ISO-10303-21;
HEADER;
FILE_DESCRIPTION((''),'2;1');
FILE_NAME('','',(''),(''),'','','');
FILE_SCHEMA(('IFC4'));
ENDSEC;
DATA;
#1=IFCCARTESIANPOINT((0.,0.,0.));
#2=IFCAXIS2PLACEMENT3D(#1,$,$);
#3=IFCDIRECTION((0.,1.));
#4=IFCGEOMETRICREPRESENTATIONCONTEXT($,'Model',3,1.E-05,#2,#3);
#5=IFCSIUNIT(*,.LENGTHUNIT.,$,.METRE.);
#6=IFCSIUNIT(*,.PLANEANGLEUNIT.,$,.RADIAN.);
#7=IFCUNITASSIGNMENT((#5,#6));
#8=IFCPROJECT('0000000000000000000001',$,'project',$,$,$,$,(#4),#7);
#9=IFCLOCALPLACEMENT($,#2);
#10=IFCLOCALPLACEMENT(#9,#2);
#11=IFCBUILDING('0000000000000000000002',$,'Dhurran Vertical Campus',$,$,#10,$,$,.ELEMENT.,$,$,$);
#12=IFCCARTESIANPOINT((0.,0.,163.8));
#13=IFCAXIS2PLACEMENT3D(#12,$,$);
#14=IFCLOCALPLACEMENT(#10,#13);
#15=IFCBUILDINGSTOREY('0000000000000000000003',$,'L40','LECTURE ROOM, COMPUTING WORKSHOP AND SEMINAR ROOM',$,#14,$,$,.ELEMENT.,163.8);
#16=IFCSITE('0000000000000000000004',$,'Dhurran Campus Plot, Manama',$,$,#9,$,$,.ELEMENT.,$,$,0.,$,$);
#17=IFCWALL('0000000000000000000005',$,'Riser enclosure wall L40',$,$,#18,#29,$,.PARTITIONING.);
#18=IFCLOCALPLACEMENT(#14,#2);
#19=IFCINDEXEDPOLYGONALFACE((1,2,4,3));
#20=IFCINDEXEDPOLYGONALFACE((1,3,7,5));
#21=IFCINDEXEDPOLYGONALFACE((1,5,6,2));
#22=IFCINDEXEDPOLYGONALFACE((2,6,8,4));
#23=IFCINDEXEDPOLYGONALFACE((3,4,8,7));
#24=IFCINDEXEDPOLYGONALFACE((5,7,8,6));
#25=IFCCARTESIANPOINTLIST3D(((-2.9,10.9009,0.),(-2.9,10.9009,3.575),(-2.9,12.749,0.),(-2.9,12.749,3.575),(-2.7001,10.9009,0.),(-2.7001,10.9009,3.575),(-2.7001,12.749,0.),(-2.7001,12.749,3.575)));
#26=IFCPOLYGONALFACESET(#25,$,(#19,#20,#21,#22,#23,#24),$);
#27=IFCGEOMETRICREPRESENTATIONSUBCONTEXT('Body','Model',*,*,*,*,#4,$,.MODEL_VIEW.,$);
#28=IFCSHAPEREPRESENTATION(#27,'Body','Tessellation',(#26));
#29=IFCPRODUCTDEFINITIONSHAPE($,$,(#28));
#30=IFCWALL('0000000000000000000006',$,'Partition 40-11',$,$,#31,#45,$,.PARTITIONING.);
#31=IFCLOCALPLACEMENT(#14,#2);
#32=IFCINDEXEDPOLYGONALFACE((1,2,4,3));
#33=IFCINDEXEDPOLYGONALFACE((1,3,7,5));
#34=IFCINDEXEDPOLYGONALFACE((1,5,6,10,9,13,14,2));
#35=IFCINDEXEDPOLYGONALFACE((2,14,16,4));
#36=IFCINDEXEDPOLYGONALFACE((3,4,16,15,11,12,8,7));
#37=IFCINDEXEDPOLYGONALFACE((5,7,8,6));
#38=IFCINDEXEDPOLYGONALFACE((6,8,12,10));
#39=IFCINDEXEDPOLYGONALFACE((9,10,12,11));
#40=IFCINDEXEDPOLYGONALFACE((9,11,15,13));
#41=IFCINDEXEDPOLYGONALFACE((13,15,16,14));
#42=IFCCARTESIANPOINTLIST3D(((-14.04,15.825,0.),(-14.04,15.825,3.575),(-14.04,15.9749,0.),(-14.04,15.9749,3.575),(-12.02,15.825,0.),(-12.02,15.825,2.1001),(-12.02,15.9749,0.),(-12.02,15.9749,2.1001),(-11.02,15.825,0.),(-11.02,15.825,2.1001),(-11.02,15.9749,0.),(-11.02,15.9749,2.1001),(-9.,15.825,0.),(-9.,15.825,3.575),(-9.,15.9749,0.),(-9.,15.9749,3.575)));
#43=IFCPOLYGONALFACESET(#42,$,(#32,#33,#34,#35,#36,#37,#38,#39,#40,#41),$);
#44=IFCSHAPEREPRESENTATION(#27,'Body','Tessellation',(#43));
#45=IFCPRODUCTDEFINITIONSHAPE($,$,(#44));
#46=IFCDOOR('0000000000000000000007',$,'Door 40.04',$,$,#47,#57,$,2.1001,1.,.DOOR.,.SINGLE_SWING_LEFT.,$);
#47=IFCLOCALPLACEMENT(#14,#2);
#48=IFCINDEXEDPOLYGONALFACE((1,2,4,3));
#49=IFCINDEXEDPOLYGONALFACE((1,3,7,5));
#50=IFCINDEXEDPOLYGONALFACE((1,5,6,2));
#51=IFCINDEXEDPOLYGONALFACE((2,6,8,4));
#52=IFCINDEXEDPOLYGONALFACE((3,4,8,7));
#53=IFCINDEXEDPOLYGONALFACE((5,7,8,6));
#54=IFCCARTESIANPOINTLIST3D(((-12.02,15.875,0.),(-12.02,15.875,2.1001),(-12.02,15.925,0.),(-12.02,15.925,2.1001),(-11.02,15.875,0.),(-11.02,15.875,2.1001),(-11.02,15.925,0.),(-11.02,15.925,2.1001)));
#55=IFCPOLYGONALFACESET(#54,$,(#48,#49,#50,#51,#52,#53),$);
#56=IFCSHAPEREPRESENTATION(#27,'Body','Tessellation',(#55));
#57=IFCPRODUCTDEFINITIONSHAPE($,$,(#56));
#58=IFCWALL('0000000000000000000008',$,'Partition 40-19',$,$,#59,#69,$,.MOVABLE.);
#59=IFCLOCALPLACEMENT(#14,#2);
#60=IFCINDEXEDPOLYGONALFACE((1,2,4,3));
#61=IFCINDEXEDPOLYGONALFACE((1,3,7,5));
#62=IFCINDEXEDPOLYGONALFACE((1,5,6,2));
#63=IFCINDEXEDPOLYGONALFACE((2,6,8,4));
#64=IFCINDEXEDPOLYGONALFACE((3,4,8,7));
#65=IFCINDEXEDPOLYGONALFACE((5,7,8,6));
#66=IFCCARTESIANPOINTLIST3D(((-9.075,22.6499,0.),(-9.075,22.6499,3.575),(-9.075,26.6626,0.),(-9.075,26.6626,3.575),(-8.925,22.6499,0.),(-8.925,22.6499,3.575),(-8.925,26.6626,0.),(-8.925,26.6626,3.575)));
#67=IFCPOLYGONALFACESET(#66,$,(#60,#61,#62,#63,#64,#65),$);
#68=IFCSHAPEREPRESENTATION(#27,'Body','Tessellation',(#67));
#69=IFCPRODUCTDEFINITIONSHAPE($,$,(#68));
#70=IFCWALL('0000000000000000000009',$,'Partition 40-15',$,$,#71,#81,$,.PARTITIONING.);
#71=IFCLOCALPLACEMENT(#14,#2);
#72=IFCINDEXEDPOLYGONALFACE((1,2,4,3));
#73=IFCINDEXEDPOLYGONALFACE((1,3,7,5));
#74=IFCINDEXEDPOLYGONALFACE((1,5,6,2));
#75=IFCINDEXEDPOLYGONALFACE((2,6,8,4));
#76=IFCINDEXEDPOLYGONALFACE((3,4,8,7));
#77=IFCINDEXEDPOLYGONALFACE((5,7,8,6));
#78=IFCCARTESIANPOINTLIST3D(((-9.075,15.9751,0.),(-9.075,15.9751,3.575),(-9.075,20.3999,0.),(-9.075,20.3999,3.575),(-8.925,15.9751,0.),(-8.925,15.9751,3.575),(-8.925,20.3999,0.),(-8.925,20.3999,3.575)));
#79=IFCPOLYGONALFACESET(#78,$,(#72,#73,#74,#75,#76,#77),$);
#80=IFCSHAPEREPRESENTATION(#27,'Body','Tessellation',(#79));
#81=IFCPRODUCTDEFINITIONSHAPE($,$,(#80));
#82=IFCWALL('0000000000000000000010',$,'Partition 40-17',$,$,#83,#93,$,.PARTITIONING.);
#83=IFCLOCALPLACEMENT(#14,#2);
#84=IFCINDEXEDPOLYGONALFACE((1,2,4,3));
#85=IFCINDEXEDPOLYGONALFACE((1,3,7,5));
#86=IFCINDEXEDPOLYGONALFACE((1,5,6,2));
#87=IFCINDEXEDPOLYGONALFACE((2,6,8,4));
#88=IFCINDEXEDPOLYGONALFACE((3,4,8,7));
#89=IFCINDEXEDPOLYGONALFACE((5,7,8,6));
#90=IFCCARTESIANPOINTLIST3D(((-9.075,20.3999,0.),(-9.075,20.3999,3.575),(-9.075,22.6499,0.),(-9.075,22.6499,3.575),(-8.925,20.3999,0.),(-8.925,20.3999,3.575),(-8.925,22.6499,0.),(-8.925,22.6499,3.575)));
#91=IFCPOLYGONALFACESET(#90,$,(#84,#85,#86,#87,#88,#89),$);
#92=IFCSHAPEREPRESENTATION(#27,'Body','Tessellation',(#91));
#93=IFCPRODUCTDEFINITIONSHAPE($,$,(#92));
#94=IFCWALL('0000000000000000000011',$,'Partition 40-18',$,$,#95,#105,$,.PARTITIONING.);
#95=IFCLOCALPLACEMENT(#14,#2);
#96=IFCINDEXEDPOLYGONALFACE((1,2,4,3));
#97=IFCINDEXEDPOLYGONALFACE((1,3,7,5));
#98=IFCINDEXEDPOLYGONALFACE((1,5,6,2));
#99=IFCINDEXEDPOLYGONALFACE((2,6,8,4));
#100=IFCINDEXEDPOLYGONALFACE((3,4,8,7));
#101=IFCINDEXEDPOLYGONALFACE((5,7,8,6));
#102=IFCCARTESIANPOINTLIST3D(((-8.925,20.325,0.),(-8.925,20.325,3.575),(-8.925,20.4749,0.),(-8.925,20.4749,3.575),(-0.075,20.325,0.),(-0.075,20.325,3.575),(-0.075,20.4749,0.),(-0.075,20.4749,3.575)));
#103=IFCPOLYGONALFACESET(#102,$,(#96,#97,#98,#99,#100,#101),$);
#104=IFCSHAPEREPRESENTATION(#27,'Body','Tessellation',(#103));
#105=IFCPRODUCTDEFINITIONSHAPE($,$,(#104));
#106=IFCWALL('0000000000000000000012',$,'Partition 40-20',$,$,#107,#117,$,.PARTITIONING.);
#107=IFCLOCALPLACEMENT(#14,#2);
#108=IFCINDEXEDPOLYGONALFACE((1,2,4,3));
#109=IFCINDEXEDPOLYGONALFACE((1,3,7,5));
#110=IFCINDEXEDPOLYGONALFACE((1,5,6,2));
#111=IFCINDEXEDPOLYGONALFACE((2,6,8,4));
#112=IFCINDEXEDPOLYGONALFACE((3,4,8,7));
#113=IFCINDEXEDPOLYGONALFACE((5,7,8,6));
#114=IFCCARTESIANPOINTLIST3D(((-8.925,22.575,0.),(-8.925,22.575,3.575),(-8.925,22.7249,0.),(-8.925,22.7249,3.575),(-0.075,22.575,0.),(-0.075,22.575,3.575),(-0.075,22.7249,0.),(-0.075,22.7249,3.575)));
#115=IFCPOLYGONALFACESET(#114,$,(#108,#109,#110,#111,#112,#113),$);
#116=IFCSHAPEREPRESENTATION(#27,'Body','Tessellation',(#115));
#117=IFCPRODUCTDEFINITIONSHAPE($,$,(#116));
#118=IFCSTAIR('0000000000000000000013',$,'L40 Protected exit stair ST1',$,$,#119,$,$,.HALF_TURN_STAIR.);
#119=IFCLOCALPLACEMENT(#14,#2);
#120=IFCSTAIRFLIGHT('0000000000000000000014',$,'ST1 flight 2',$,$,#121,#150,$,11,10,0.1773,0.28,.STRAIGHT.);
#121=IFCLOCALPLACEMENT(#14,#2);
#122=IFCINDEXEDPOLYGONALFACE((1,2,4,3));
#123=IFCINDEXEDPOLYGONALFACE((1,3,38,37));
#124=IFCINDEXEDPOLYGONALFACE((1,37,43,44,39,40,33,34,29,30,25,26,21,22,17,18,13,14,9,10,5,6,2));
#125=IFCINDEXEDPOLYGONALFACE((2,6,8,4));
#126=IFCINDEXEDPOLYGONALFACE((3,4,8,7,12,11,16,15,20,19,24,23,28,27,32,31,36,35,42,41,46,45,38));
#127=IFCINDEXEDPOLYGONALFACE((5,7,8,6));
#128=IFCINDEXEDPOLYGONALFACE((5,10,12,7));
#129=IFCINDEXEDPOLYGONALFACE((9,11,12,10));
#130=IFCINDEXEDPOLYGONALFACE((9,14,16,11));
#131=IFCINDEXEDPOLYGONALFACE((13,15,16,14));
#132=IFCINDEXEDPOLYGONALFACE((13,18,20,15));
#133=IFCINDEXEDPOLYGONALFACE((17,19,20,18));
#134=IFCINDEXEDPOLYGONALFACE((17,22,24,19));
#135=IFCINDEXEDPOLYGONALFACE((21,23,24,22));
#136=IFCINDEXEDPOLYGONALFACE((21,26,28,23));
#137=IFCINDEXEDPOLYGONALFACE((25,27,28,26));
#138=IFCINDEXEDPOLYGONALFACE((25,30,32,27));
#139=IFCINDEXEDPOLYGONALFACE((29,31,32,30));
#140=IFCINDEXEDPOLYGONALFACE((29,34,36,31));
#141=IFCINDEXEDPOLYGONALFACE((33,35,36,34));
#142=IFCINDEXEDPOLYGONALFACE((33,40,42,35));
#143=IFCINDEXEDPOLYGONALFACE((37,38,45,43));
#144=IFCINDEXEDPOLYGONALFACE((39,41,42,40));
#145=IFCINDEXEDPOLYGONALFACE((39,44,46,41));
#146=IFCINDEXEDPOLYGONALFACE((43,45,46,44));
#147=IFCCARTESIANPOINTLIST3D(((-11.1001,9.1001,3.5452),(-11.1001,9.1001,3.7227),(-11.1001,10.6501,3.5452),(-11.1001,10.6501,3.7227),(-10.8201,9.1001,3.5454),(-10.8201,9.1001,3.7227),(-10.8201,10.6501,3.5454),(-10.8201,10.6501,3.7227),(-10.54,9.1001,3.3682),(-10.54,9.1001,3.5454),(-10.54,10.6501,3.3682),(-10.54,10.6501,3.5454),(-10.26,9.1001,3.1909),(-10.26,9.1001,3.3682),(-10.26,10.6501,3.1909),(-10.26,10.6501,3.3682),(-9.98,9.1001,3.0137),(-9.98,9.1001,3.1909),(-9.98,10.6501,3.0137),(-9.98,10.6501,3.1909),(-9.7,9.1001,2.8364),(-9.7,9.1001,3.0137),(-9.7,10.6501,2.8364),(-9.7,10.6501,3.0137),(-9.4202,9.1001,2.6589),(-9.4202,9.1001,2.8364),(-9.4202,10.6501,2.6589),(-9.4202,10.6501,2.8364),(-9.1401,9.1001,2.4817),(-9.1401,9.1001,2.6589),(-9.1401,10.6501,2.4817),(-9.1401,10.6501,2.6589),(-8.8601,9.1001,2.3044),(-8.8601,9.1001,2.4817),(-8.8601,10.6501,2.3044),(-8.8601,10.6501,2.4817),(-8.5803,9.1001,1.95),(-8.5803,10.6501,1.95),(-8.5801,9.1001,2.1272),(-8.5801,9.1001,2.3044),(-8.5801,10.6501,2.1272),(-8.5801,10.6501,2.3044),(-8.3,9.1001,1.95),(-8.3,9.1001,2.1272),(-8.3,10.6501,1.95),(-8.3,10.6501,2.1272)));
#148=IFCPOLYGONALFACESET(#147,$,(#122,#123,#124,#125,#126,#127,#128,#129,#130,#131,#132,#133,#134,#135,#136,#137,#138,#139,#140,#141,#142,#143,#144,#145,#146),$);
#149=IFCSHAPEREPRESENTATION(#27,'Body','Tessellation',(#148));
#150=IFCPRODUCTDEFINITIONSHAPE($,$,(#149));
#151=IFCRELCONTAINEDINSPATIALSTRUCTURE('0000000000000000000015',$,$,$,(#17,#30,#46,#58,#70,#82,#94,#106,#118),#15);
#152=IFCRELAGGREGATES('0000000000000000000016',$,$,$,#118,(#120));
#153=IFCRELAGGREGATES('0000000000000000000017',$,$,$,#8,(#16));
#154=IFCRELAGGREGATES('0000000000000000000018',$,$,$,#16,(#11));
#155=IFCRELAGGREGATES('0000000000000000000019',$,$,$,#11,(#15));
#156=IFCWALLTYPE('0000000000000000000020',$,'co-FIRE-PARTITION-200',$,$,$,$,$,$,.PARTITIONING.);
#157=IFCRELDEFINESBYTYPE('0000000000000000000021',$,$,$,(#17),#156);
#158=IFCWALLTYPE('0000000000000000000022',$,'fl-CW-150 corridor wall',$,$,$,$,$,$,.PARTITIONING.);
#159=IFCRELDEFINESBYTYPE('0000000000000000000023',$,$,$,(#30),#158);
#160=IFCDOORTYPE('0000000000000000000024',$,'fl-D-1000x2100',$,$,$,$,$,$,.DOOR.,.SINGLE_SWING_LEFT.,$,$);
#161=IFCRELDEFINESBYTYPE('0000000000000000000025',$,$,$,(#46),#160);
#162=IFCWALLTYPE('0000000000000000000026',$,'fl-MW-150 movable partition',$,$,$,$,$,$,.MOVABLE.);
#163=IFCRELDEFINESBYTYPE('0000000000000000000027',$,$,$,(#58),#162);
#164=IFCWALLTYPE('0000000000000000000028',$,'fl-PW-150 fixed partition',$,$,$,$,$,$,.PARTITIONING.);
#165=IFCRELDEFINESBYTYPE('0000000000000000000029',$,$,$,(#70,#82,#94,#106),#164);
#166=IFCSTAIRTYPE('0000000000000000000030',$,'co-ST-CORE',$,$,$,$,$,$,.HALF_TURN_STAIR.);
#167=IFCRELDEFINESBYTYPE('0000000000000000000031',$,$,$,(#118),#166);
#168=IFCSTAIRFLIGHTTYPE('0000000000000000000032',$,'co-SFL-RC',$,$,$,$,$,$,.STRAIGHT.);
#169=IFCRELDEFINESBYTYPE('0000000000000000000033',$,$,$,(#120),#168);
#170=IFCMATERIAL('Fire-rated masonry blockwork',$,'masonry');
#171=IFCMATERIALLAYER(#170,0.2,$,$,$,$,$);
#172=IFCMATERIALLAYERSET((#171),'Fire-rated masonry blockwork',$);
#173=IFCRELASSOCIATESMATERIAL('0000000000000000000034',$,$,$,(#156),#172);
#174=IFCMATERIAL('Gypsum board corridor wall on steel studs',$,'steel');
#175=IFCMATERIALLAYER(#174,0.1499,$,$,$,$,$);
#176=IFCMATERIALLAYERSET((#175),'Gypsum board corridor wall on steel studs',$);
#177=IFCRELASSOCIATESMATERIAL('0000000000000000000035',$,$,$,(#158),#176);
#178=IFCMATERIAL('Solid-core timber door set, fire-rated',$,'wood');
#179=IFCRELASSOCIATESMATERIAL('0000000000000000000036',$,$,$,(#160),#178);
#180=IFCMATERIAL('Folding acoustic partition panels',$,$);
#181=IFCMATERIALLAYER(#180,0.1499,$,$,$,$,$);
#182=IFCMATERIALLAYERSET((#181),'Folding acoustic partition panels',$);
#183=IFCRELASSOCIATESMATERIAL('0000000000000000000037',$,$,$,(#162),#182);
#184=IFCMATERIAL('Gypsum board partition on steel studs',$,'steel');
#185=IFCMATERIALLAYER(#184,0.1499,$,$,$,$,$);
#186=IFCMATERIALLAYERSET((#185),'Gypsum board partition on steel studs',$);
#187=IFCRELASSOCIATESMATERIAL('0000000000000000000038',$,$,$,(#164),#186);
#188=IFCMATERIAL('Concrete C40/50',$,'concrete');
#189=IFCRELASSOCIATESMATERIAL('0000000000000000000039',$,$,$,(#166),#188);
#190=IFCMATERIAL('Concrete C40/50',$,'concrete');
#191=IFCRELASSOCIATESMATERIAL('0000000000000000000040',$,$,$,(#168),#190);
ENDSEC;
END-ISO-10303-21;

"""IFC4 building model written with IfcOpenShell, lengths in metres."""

from ifc_helpers import new_model, si_unit, direction, frame, frame_2d, origin, place, context, subcontext, project, spatial, polyline, rectangle, outline, extrude, material, layer, layer_set, type_object, element, fill, aggregate, save


model = new_model("IFC4")

# Units and contexts
model_context = context("Model", 3, precision=1e-05, world=origin(), true_north=direction((0.0, 1.0)))
body_context = subcontext(model_context, "Body", "Model", "MODEL_VIEW")
ifc_project = project(units=[si_unit("LENGTHUNIT", "METRE"), si_unit("PLANEANGLEUNIT", "RADIAN")], contexts=[model_context])

# Site, building, storey
site_placement = place(None, origin())
site = spatial("IfcSite", under=ifc_project, at=site_placement, Name="Dhurran Campus Plot, Manama", CompositionType="ELEMENT", RefElevation=0.0)
building_placement = place(site_placement, origin())
building = spatial("IfcBuilding", under=site, at=building_placement, Name="Dhurran Vertical Campus", CompositionType="ELEMENT")
storey_placement = place(building_placement, frame((0.0, 0.0, 163.8)))
storey = spatial("IfcBuildingStorey", under=building, at=storey_placement, Name="L40", Description="LECTURE ROOM, COMPUTING WORKSHOP AND SEMINAR ROOM", CompositionType="ELEMENT", Elevation=163.8)

# Shared definitions
ifc_material_1 = material(Name="Fire-rated masonry blockwork", Category="masonry")
ifc_layer_1 = layer(ifc_material_1, 0.2)
ifc_layer_set_1 = layer_set([ifc_layer_1], Name="Fire-rated masonry blockwork")
wall_type_1 = type_object("IfcWallType", Name="co-FIRE-PARTITION-200", PredefinedType="PARTITIONING", material=ifc_layer_set_1)

# Wall
wall_1_placement = place(storey_placement, frame((-2.8, 10.9009, 0.0), z_axis=(0.0, 0.0, 1.0), x_axis=(0.0, 1.0, 0.0)))
element("IfcWall", 1, at=wall_1_placement, inside=storey, type_object=wall_type_1, Name="Riser enclosure wall L40", PredefinedType="PARTITIONING", context=body_context, shape_type="SweptSolid", body=[
    extrude(rectangle(XDim=1.8481, YDim=0.2, at=frame_2d((0.9241, 0.0))), origin(), (0.0, 0.0, 1.0), 3.575),
])

# Wall, opening, door
ifc_material_2 = material(Name="Gypsum board corridor wall on steel studs", Category="steel")
ifc_layer_2 = layer(ifc_material_2, 0.1499)
ifc_layer_set_2 = layer_set([ifc_layer_2], Name="Gypsum board corridor wall on steel studs")
wall_type_2 = type_object("IfcWallType", Name="fl-CW-150 corridor wall", PredefinedType="PARTITIONING", material=ifc_layer_set_2)
wall_2_placement = place(storey_placement, frame((-9.0, 15.8999, 0.0), z_axis=(0.0, 0.0, 1.0), x_axis=(-1.0, 0.0, 0.0)))
wall_2 = element("IfcWall", 2, at=wall_2_placement, inside=storey, type_object=wall_type_2, Name="Partition 40-11", PredefinedType="PARTITIONING", context=body_context, shape_type="SweptSolid", body=[
    extrude(rectangle(XDim=5.04, YDim=0.1499, at=frame_2d((2.52, 0.0))), origin(), (0.0, 0.0, 1.0), 3.575),
])
opening_1_placement = place(wall_2_placement, frame((2.02, 0.0, 0.0)))
opening_1 = element("IfcOpeningElement", 3, at=opening_1_placement, cuts=wall_2, PredefinedType="OPENING", context=body_context, shape_type="SweptSolid", body=[
    extrude(rectangle(XDim=1.0, YDim=2.1001, at=frame_2d((0.5, 1.05))), frame((0.0, 0.085, 0.0), z_axis=(0.0, -1.0, 0.0), x_axis=(1.0, 0.0, 0.0)), (0.0, 0.0, 1.0), 0.1699),
])
ifc_material_3 = material(Name="Solid-core timber door set, fire-rated", Category="wood")
door_type_1 = type_object("IfcDoorType", Name="fl-D-1000x2100", OperationType="SINGLE_SWING_LEFT", PredefinedType="DOOR", material=ifc_material_3)
door_1_placement = place(opening_1_placement, origin())
door_1 = element("IfcDoor", 4, at=door_1_placement, inside=storey, type_object=door_type_1, Name="Door 40.04", OperationType="SINGLE_SWING_LEFT", OverallHeight=2.1001, OverallWidth=1.0, PredefinedType="DOOR", context=body_context, shape_type="SweptSolid", body=[
    extrude(rectangle(XDim=1.0, YDim=2.1001, at=frame_2d((0.5, 1.05))), frame((0.0, 0.0249, 0.0), z_axis=(0.0, -1.0, 0.0), x_axis=(1.0, 0.0, 0.0)), (0.0, 0.0, 1.0), 0.05),
])
fill(opening_1, door_1)

# Walls
ifc_material_4 = material(Name="Folding acoustic partition panels")
ifc_layer_3 = layer(ifc_material_4, 0.1499)
ifc_layer_set_3 = layer_set([ifc_layer_3], Name="Folding acoustic partition panels")
wall_type_3 = type_object("IfcWallType", Name="fl-MW-150 movable partition", PredefinedType="MOVABLE", material=ifc_layer_set_3)
wall_3_placement = place(storey_placement, frame((-9.0, 26.6626, 0.0), z_axis=(0.0, 0.0, 1.0), x_axis=(0.0, -1.0, 0.0)))
element("IfcWall", 5, at=wall_3_placement, inside=storey, type_object=wall_type_3, Name="Partition 40-19", PredefinedType="MOVABLE", context=body_context, shape_type="SweptSolid", body=[
    extrude(rectangle(XDim=4.0127, YDim=0.1499, at=frame_2d((2.0063, 0.0))), origin(), (0.0, 0.0, 1.0), 3.575),
])
ifc_material_5 = material(Name="Gypsum board partition on steel studs", Category="steel")
ifc_layer_4 = layer(ifc_material_5, 0.1499)
ifc_layer_set_4 = layer_set([ifc_layer_4], Name="Gypsum board partition on steel studs")
wall_type_4 = type_object("IfcWallType", Name="fl-PW-150 fixed partition", PredefinedType="PARTITIONING", material=ifc_layer_set_4)
wall_4_placement = place(storey_placement, frame((-9.0, 20.3999, 0.0), z_axis=(0.0, 0.0, 1.0), x_axis=(0.0, -1.0, 0.0)))
element("IfcWall", 6, at=wall_4_placement, inside=storey, type_object=wall_type_4, Name="Partition 40-15", PredefinedType="PARTITIONING", context=body_context, shape_type="SweptSolid", body=[
    extrude(rectangle(XDim=4.4248, YDim=0.1499, at=frame_2d((2.2124, 0.0))), origin(), (0.0, 0.0, 1.0), 3.575),
])
wall_5_placement = place(storey_placement, frame((-9.0, 22.6499, 0.0), z_axis=(0.0, 0.0, 1.0), x_axis=(0.0, -1.0, 0.0)))
element("IfcWall", 7, at=wall_5_placement, inside=storey, type_object=wall_type_4, Name="Partition 40-17", PredefinedType="PARTITIONING", context=body_context, shape_type="SweptSolid", body=[
    extrude(rectangle(XDim=2.25, YDim=0.1499, at=frame_2d((1.125, 0.0))), origin(), (0.0, 0.0, 1.0), 3.575),
])
for number, where, z_axis, x_axis, name in (
    (8, (-8.925, 20.3999, 0.0), (0.0, 0.0, 1.0), (1.0, 0.0, 0.0), "Partition 40-18"),
    (9, (-8.925, 22.6499, 0.0), (0.0, 0.0, 1.0), (1.0, 0.0, 0.0), "Partition 40-20"),
):
    element("IfcWall", number, at=place(storey_placement, frame(where, z_axis=z_axis, x_axis=x_axis)), inside=storey, type_object=wall_type_4, Name=name, PredefinedType="PARTITIONING", context=body_context, shape_type="SweptSolid", body=[
        extrude(rectangle(XDim=8.8501, YDim=0.1499, at=frame_2d((4.425, 0.0))), origin(), (0.0, 0.0, 1.0), 3.575),
    ])

# Stair, stair flight
ifc_material_6 = material(Name="Concrete C40/50", Category="concrete")
stair_type = type_object("IfcStairType", Name="co-ST-CORE", PredefinedType="HALF_TURN_STAIR", material=ifc_material_6)
stair_placement = place(storey_placement, origin())
stair = element("IfcStair", 10, at=stair_placement, inside=storey, type_object=stair_type, Name="L40 Protected exit stair ST1", PredefinedType="HALF_TURN_STAIR")
ifc_material_7 = material(Name="Concrete C40/50", Category="concrete")
stair_flight_type = type_object("IfcStairFlightType", Name="co-SFL-RC", PredefinedType="STRAIGHT", material=ifc_material_7)
stair_flight_placement = place(storey_placement, frame((-8.3, 9.875, 1.95), z_axis=(0.0, 0.0, 1.0), x_axis=(-1.0, 0.0, 0.0)))
stair_flight = element("IfcStairFlight", 11, at=stair_flight_placement, type_object=stair_flight_type, Name="ST1 flight 2", NumberOfRisers=11, NumberOfTreads=10, PredefinedType="STRAIGHT", RiserHeight=0.1773, TreadLength=0.28, context=body_context, shape_type="SweptSolid", body=[
    extrude(outline(polyline([(0.0, 0.0), (0.0, 0.1772), (0.28, 0.1772), (0.28, 0.3545), (0.5601, 0.3545), (0.5601, 0.5317), (0.8401, 0.5317), (0.8401, 0.709), (1.1201, 0.709), (1.1201, 0.8865), (1.3999, 0.8865), (1.3999, 1.0637), (1.6799, 1.0637), (1.6799, 1.241), (1.96, 1.241), (1.96, 1.4182), (2.24, 1.4182), (2.24, 1.5955), (2.52, 1.5955), (2.52, 1.7727), (2.8, 1.7727), (2.8, 1.95), (2.8, 1.5952), (0.2803, 0.0), (0.0, 0.0)])), frame((0.0, 0.7749, 0.0), z_axis=(0.0, -1.0, 0.0), x_axis=(1.0, 0.0, 0.0)), (0.0, 0.0, 1.0), 1.55),
])
aggregate(stair, [stair_flight])

save(model, "model.ifc")
